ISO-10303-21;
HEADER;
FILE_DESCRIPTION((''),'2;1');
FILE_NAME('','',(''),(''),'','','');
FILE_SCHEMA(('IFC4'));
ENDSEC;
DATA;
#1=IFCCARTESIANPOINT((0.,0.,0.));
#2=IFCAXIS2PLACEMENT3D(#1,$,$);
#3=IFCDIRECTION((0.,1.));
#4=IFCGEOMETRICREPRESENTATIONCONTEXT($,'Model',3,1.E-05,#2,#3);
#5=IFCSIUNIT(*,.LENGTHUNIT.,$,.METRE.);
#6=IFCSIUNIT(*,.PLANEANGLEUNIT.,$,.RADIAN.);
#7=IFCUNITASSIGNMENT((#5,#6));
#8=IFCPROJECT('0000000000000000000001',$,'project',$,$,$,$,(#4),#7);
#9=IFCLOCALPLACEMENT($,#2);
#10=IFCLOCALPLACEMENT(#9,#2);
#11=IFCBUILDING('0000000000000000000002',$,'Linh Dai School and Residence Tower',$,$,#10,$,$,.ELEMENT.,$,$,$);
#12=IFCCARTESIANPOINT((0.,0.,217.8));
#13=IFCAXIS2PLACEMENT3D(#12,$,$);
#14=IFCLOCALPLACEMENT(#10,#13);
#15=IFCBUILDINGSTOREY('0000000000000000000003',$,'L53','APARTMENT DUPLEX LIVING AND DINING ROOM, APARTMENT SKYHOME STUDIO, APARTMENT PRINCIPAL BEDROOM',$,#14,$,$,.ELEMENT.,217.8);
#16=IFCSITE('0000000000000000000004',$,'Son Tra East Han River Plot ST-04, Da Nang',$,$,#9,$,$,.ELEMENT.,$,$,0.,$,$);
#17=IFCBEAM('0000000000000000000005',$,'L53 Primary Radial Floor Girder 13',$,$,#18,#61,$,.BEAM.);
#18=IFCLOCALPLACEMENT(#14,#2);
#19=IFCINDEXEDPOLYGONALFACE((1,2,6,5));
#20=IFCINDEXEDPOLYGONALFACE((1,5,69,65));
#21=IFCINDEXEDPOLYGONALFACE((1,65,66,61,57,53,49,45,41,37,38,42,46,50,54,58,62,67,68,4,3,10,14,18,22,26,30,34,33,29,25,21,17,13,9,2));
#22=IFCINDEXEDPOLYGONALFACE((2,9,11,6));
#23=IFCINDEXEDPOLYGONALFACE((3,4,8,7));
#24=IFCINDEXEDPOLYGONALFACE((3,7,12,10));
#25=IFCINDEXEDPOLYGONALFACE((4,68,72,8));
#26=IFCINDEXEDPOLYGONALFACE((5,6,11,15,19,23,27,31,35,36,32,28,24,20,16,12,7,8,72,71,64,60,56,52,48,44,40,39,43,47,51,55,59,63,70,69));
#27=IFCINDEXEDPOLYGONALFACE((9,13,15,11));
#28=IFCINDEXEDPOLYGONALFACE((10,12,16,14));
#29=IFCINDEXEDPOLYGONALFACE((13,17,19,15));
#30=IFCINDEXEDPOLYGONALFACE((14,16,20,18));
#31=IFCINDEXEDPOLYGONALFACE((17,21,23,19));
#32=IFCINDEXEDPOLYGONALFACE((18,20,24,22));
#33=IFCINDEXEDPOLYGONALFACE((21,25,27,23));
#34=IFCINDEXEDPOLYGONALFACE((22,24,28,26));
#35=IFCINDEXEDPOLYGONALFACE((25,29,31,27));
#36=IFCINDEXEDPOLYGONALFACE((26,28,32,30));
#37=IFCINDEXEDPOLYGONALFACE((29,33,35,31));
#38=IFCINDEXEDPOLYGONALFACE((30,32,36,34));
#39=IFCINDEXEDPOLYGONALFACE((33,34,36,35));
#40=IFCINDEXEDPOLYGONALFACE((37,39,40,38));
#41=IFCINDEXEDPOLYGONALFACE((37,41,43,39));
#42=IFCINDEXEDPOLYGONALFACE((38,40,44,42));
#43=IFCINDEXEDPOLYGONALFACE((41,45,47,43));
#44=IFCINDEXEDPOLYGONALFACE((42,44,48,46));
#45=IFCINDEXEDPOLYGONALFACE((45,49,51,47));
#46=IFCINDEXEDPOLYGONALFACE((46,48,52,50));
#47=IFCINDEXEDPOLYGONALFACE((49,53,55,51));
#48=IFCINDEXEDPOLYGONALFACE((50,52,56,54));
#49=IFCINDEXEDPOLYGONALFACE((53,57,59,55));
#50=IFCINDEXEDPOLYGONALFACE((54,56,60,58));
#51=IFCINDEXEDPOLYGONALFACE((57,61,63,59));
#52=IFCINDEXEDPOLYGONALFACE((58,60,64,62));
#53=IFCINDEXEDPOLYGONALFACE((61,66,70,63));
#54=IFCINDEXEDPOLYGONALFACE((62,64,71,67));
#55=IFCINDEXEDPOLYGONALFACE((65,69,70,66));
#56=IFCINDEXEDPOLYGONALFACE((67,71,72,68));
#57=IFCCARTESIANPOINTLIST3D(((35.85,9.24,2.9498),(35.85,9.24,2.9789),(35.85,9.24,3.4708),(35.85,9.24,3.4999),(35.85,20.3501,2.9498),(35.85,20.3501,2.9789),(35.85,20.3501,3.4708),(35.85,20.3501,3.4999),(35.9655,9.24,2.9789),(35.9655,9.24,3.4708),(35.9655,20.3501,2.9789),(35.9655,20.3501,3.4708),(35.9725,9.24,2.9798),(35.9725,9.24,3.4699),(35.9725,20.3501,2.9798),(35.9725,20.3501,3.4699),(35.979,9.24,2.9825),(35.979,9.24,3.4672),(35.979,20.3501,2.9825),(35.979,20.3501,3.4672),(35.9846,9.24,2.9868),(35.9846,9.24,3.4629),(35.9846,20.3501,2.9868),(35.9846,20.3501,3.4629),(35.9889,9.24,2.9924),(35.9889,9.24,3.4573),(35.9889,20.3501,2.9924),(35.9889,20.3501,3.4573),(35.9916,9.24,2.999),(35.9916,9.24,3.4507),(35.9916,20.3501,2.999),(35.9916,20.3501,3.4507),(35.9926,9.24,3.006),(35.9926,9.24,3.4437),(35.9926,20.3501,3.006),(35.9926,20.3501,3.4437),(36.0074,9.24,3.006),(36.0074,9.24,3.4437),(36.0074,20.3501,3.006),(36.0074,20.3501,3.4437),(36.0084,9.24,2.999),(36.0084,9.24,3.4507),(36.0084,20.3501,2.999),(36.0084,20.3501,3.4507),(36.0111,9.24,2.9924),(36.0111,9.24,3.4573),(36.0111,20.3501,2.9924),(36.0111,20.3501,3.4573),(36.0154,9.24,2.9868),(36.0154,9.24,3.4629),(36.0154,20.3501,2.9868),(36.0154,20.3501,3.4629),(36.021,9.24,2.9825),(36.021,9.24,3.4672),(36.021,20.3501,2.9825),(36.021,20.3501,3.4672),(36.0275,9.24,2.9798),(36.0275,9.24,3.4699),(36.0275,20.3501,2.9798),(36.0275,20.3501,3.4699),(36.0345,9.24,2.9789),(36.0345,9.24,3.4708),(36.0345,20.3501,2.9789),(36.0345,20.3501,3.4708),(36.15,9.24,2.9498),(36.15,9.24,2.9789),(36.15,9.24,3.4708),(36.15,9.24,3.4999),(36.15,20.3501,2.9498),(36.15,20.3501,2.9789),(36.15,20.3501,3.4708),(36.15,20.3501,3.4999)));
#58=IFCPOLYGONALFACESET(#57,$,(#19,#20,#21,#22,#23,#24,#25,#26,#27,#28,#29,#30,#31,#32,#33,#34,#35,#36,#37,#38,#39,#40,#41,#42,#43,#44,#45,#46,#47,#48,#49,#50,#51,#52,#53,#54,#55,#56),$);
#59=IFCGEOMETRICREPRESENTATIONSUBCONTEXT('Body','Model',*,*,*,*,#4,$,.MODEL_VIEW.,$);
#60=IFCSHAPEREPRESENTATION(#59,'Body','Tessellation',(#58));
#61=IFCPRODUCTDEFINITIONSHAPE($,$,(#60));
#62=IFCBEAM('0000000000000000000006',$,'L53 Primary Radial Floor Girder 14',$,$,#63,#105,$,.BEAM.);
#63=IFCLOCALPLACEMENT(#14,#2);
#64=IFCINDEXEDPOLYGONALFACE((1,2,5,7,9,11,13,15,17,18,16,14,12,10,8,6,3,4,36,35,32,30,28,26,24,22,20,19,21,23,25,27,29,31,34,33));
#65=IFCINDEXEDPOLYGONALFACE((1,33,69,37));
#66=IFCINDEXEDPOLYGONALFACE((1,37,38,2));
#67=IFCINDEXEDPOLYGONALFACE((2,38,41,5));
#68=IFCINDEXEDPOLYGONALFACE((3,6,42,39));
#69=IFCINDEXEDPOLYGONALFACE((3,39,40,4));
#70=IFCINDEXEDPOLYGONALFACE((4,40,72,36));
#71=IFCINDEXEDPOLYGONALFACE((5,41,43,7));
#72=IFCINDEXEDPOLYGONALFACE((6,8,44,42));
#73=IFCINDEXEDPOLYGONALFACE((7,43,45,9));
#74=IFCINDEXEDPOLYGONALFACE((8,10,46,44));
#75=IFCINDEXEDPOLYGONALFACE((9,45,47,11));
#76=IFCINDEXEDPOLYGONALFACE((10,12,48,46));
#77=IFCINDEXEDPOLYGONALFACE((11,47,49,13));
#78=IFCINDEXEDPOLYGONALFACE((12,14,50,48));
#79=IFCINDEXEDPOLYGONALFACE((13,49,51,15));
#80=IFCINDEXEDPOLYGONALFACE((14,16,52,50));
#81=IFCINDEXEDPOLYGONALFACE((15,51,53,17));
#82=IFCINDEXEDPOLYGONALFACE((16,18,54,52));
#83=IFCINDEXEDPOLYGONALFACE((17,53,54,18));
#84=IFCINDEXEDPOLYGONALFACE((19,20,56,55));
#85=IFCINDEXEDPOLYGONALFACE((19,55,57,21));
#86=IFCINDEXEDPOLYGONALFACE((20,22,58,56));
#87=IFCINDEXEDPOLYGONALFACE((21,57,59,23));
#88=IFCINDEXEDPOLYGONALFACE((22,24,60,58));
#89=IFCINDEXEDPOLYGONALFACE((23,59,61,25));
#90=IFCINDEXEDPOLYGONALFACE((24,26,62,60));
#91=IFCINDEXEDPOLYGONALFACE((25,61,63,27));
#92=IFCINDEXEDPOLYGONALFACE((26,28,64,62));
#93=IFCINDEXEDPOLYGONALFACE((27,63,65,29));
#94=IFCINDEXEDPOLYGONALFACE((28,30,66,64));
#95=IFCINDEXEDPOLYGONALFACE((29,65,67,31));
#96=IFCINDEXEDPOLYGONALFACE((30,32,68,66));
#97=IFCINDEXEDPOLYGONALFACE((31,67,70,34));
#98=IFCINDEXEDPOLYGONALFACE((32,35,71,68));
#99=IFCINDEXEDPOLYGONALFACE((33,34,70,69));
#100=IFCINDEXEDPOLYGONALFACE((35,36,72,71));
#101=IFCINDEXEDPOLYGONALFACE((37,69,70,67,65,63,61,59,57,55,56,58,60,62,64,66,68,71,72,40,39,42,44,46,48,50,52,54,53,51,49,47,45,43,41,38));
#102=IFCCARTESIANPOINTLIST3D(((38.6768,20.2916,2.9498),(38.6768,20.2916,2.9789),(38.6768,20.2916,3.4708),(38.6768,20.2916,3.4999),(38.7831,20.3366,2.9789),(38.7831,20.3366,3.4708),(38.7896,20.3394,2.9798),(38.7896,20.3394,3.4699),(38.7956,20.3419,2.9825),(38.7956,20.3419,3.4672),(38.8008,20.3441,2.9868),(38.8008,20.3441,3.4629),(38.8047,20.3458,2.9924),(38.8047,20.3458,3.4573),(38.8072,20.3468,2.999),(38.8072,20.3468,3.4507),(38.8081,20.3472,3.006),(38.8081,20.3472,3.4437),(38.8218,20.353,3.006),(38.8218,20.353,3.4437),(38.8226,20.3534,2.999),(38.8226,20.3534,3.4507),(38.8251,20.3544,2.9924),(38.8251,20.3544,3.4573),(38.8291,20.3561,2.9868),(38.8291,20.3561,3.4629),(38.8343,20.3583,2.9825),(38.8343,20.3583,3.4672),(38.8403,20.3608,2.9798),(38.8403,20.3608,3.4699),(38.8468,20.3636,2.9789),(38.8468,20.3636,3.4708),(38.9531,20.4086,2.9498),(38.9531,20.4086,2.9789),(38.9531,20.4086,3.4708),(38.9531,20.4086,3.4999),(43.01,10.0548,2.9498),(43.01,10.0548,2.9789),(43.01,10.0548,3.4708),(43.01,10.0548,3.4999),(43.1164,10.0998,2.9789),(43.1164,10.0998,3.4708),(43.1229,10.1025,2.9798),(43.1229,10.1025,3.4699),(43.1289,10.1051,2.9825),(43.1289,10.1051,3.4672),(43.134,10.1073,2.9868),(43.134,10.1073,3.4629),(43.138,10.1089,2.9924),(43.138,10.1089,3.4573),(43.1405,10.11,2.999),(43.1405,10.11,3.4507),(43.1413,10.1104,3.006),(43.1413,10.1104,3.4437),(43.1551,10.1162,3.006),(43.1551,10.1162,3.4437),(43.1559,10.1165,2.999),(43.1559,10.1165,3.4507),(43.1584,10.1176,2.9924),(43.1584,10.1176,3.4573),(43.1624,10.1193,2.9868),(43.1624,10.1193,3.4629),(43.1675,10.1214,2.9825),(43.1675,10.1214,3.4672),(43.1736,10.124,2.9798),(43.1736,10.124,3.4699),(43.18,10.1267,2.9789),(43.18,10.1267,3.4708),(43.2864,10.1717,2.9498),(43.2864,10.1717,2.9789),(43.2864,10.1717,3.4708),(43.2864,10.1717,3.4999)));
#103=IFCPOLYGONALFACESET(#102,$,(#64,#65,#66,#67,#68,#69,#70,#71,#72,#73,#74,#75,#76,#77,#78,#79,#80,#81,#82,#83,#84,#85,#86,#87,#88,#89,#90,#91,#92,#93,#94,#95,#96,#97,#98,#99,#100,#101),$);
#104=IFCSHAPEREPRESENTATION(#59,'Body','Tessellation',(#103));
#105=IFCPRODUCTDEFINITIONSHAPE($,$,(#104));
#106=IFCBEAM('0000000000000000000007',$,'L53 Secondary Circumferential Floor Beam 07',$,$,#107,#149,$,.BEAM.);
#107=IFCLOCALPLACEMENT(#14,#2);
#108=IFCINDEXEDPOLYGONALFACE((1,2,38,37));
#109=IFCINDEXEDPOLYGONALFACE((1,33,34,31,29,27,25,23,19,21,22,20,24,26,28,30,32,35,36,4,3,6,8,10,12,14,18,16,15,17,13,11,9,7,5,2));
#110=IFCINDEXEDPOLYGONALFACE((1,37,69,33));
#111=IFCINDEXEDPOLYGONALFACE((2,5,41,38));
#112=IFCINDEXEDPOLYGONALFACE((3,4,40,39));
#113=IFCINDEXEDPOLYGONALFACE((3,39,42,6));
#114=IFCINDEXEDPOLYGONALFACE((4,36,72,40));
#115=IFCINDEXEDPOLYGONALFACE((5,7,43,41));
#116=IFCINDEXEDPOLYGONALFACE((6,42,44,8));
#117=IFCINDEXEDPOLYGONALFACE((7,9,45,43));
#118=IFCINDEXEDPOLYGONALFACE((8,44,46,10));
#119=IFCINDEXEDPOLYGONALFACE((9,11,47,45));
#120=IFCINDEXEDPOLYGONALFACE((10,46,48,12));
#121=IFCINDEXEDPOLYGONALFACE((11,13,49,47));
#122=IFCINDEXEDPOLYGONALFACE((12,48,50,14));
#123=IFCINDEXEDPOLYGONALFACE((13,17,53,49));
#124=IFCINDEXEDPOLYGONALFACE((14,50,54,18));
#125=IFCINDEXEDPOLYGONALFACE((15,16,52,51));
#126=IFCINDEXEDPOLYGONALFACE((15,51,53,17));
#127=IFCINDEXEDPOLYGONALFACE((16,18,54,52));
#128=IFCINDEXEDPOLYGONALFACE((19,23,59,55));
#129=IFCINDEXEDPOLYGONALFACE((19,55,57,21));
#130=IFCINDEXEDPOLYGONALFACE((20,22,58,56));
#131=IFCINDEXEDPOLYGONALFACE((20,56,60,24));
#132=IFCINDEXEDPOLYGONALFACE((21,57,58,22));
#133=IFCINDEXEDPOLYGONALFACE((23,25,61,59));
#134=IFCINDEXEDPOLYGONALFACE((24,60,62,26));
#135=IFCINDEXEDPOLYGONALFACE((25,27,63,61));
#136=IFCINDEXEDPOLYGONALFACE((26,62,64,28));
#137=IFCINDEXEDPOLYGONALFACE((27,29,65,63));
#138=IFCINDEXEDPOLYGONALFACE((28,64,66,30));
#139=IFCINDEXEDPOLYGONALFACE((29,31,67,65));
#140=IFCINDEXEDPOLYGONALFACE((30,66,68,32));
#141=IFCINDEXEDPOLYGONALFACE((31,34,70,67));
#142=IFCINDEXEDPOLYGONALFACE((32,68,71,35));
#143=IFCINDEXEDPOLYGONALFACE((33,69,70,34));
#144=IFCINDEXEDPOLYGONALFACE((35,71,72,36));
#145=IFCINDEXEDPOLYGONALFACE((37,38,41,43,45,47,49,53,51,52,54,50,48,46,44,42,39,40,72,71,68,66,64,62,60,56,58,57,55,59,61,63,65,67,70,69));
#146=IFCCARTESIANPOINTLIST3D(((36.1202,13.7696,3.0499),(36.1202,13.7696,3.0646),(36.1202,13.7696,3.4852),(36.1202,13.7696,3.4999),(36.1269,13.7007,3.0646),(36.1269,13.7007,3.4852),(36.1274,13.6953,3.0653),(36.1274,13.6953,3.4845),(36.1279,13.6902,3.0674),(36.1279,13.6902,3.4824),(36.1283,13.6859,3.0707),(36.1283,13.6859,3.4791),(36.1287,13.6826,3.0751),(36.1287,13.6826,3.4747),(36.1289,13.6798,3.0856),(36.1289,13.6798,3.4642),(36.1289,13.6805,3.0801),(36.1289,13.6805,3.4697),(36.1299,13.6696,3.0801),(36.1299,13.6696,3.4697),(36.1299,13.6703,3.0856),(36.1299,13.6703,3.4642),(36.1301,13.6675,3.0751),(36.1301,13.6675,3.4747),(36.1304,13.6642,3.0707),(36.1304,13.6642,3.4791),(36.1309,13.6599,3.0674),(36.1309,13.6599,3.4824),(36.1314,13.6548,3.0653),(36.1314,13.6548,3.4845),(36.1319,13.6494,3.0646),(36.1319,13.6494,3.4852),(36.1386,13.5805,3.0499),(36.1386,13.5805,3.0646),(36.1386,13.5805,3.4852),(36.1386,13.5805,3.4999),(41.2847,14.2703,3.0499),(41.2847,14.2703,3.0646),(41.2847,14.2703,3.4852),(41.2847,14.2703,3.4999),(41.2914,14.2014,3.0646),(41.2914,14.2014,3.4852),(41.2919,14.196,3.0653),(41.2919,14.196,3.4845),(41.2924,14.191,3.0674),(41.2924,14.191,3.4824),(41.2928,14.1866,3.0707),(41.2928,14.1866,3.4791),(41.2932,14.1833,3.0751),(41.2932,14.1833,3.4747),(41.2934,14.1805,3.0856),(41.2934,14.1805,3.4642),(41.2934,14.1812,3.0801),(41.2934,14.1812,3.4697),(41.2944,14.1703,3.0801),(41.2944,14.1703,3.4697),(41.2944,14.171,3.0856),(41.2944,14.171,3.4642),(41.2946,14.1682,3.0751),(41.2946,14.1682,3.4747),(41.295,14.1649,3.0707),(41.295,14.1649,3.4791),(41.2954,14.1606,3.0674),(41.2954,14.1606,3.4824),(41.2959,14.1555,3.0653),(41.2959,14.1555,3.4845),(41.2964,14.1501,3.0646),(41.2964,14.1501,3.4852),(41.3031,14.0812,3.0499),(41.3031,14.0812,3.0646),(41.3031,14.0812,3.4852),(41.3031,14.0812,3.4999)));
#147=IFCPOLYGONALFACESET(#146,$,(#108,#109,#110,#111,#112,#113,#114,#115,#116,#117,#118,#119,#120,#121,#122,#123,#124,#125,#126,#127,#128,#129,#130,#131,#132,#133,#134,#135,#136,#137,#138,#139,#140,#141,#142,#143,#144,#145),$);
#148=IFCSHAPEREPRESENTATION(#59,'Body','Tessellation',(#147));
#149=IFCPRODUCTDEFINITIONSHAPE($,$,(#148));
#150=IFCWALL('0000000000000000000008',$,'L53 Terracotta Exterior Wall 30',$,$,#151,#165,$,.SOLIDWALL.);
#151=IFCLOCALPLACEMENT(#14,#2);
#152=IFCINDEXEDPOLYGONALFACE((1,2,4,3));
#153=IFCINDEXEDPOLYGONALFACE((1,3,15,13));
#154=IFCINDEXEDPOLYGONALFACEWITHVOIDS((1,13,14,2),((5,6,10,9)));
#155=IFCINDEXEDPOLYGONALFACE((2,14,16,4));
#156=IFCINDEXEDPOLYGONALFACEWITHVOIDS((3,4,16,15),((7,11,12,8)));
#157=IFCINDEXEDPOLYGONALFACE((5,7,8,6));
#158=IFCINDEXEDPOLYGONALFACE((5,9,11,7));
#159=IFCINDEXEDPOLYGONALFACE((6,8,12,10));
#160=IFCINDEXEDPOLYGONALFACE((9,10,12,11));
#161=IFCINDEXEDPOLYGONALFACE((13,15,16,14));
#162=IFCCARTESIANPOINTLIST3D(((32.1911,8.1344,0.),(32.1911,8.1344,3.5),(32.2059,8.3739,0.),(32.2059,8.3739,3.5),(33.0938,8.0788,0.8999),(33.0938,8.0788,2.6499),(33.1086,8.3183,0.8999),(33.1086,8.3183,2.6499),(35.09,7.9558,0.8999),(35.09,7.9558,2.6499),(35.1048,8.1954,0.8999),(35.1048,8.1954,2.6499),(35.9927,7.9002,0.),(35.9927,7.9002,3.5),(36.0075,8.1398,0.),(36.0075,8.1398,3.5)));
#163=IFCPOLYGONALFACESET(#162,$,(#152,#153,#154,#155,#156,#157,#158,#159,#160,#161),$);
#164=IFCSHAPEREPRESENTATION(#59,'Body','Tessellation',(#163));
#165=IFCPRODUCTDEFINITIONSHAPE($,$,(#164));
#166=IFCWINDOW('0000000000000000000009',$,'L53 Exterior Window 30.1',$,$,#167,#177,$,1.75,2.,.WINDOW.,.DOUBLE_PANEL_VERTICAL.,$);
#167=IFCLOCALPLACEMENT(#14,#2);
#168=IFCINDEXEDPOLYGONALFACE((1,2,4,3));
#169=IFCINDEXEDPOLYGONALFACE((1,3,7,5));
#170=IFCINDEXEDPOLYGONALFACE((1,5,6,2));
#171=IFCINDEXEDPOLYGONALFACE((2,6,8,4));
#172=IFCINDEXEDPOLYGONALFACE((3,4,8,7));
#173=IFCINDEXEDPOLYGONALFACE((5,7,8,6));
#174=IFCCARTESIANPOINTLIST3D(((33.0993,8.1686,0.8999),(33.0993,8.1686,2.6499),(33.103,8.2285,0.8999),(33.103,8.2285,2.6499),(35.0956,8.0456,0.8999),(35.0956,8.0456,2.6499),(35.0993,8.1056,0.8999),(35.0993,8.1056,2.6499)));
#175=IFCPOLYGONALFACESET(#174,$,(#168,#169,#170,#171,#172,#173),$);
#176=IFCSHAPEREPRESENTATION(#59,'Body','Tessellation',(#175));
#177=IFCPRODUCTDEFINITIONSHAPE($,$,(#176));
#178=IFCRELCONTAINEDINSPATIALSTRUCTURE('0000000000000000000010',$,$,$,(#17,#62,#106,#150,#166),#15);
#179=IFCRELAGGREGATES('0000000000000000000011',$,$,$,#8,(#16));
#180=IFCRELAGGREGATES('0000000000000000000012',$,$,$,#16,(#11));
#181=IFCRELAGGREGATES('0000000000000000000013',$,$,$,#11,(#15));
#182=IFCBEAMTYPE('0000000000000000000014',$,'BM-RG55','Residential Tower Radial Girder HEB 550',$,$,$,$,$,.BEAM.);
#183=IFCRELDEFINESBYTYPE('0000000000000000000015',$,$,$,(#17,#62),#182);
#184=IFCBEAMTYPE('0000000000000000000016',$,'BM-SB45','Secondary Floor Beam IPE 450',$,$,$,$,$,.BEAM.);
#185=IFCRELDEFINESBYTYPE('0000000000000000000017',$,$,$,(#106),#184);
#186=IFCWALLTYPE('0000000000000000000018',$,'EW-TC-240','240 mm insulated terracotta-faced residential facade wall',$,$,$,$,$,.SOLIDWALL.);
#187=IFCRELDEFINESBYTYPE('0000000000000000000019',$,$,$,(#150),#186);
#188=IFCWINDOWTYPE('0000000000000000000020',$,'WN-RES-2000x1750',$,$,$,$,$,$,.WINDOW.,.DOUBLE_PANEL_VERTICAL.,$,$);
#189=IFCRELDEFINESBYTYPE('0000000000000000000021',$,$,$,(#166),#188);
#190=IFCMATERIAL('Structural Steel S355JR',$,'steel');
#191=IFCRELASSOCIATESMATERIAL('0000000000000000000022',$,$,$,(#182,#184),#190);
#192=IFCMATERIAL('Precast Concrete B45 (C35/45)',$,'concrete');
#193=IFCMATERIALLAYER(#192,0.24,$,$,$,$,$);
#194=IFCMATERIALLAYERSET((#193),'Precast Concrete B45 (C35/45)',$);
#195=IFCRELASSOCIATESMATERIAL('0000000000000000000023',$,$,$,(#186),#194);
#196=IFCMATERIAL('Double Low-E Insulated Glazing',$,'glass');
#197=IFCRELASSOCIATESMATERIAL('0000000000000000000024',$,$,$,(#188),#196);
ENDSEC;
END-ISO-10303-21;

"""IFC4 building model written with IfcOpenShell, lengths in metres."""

from ifc_helpers import new_model, si_unit, direction, frame, frame_2d, origin, origin_2d, place, context, subcontext, project, spatial, rectangle, i_section, extrude, source, transform, mapped, material, layer, layer_set, material_profile, profile_set, type_object, element, fill, save


model = new_model("IFC4")

# Units and contexts
model_context = context("Model", 3, precision=1e-05, world=origin(), true_north=direction((0.0, 1.0)))
body_context = subcontext(model_context, "Body", "Model", "MODEL_VIEW")
ifc_project = project(units=[si_unit("LENGTHUNIT", "METRE"), si_unit("PLANEANGLEUNIT", "RADIAN")], contexts=[model_context])

# Site, building, storey
site_placement = place(None, origin())
site = spatial("IfcSite", under=ifc_project, at=site_placement, Name="Son Tra East Han River Plot ST-04, Da Nang", CompositionType="ELEMENT", RefElevation=0.0)
building_placement = place(site_placement, origin())
building = spatial("IfcBuilding", under=site, at=building_placement, Name="Linh Dai School and Residence Tower", CompositionType="ELEMENT")
storey_placement = place(building_placement, frame((0.0, 0.0, 217.8)))
storey = spatial("IfcBuildingStorey", under=building, at=storey_placement, Name="L53", Description="APARTMENT DUPLEX LIVING AND DINING ROOM, APARTMENT SKYHOME STUDIO, APARTMENT PRINCIPAL BEDROOM", CompositionType="ELEMENT", Elevation=217.8)

# Shared definitions
ifc_material_1 = material(Name="Structural Steel S355JR", Category="steel")

# Beams
ifc_material_profile_1 = material_profile(ifc_material_1, i_section(OverallWidth=0.3, OverallDepth=0.55, WebThickness=0.0149, FlangeThickness=0.0291, FilletRadius=0.0271, at=origin_2d()), Name="HEB 550")
ifc_profile_set_1 = profile_set([ifc_material_profile_1], Name="Structural Steel S355JR")
beam_type_1 = type_object("IfcBeamType", Name="BM-RG55", Description="Residential Tower Radial Girder HEB 550", PredefinedType="BEAM", material=ifc_profile_set_1)
beam_1_placement = place(storey_placement, frame((36.0, 20.3501, 3.2249), z_axis=(0.0, -1.0, 0.0), x_axis=(1.0, 0.0, 0.0)))
element("IfcBeam", 1, at=beam_1_placement, inside=storey, type_object=beam_type_1, Name="L53 Primary Radial Floor Girder 13", PredefinedType="BEAM", context=body_context, shape_type="SweptSolid", body=[
    extrude(i_section(OverallWidth=0.3, OverallDepth=0.55, WebThickness=0.0149, FlangeThickness=0.0291, FilletRadius=0.0271, at=origin_2d()), origin(), (0.0, 0.0, 1.0), 11.1101),
])
beam_2_placement = place(storey_placement, frame((38.8149, 20.3501, 3.2249), z_axis=(0.389815, -0.920893, 0.0), x_axis=(0.920893, 0.389815, 0.0)))
element("IfcBeam", 2, at=beam_2_placement, inside=storey, type_object=beam_type_1, Name="L53 Primary Radial Floor Girder 14", PredefinedType="BEAM", context=body_context, shape_type="SweptSolid", body=[
    extrude(i_section(OverallWidth=0.3, OverallDepth=0.55, WebThickness=0.0149, FlangeThickness=0.0291, FilletRadius=0.0271, at=origin_2d()), origin(), (0.0, 0.0, 1.0), 11.1162),
])
ifc_material_profile_2 = material_profile(ifc_material_1, i_section(OverallWidth=0.1899, OverallDepth=0.45, WebThickness=0.0095, FlangeThickness=0.0146, FilletRadius=0.021, at=origin_2d()), Name="IPE 450")
ifc_profile_set_2 = profile_set([ifc_material_profile_2], Name="Structural Steel S355JR")
beam_type_2 = type_object("IfcBeamType", Name="BM-SB45", Description="Secondary Floor Beam IPE 450", PredefinedType="BEAM", material=ifc_profile_set_2)
beam_3_placement = place(storey_placement, frame((36.1294, 13.675, 3.2749), z_axis=(0.995333, 0.096503, 0.0), x_axis=(-0.096503, 0.995333, 0.0)))
element("IfcBeam", 3, at=beam_3_placement, inside=storey, type_object=beam_type_2, Name="L53 Secondary Circumferential Floor Beam 07", PredefinedType="BEAM", context=body_context, shape_type="SweptSolid", body=[
    extrude(i_section(OverallWidth=0.1899, OverallDepth=0.45, WebThickness=0.0095, FlangeThickness=0.0146, FilletRadius=0.021, at=origin_2d()), origin(), (0.0, 0.0, 1.0), 5.1887),
])

# Wall, opening, window
ifc_material_2 = material(Name="Precast Concrete B45 (C35/45)", Category="concrete")
ifc_layer_1 = layer(ifc_material_2, 0.24)
ifc_layer_set_1 = layer_set([ifc_layer_1], Name="Precast Concrete B45 (C35/45)")
wall_type_1 = type_object("IfcWallType", Name="EW-TC-240", Description="240 mm insulated terracotta-faced residential facade wall", PredefinedType="SOLIDWALL", material=ifc_layer_set_1)
wall_1_placement = place(storey_placement, frame((36.0, 8.02, 0.0), z_axis=(0.0, 0.0, 1.0), x_axis=(-0.998109, 0.061472, 0.0)))
wall_1 = element("IfcWall", 4, at=wall_1_placement, inside=storey, type_object=wall_type_1, Name="L53 Terracotta Exterior Wall 30", PredefinedType="SOLIDWALL", context=body_context, shape_type="SweptSolid", body=[
    extrude(rectangle(XDim=3.8088, YDim=0.24, at=frame_2d((1.9043, 0.0))), origin(), (0.0, 0.0, 1.0), 3.5),
])
opening_1_placement = place(wall_1_placement, frame((0.9043, 0.0, 0.8999)))
opening_1 = element("IfcOpeningElement", 5, at=opening_1_placement, cuts=wall_1, PredefinedType="OPENING", context=body_context, shape_type="SweptSolid", body=[
    extrude(rectangle(XDim=2.0, YDim=1.75, at=origin_2d()), frame((1.0, 0.1299, 0.875), z_axis=(0.0, -1.0, 0.0), x_axis=(1.0, 0.0, 0.0)), (0.0, 0.0, 1.0), 0.26),
])
ifc_material_3 = material(Name="Double Low-E Insulated Glazing", Category="glass")
window_type = type_object("IfcWindowType", Name="WN-RES-2000x1750", PartitioningType="DOUBLE_PANEL_VERTICAL", PredefinedType="WINDOW", material=ifc_material_3)
shared_shape_1 = source(origin(), body_context, "Body", "SweptSolid", [
    extrude(rectangle(XDim=2.0, YDim=1.75, at=origin_2d()), frame((1.0, 0.03, 0.875), z_axis=(0.0, -1.0, 0.0), x_axis=(1.0, 0.0, 0.0)), (0.0, 0.0, 1.0), 0.0601),
])
window_1_placement = place(opening_1_placement, origin())
window_1 = element("IfcWindow", 6, at=window_1_placement, inside=storey, type_object=window_type, Name="L53 Exterior Window 30.1", OverallHeight=1.75, OverallWidth=2.0, PartitioningType="DOUBLE_PANEL_VERTICAL", PredefinedType="WINDOW", context=body_context, shape_type="MappedRepresentation", body=[
    mapped(shared_shape_1, transform((0.0, 0.0, 0.0), x_axis=(1.0, 0.0, 0.0), y_axis=(0.0, 1.0, 0.0), z_axis=(0.0, 0.0, 1.0), scale=1.0)),
])
fill(opening_1, window_1)

save(model, "model.ifc")
